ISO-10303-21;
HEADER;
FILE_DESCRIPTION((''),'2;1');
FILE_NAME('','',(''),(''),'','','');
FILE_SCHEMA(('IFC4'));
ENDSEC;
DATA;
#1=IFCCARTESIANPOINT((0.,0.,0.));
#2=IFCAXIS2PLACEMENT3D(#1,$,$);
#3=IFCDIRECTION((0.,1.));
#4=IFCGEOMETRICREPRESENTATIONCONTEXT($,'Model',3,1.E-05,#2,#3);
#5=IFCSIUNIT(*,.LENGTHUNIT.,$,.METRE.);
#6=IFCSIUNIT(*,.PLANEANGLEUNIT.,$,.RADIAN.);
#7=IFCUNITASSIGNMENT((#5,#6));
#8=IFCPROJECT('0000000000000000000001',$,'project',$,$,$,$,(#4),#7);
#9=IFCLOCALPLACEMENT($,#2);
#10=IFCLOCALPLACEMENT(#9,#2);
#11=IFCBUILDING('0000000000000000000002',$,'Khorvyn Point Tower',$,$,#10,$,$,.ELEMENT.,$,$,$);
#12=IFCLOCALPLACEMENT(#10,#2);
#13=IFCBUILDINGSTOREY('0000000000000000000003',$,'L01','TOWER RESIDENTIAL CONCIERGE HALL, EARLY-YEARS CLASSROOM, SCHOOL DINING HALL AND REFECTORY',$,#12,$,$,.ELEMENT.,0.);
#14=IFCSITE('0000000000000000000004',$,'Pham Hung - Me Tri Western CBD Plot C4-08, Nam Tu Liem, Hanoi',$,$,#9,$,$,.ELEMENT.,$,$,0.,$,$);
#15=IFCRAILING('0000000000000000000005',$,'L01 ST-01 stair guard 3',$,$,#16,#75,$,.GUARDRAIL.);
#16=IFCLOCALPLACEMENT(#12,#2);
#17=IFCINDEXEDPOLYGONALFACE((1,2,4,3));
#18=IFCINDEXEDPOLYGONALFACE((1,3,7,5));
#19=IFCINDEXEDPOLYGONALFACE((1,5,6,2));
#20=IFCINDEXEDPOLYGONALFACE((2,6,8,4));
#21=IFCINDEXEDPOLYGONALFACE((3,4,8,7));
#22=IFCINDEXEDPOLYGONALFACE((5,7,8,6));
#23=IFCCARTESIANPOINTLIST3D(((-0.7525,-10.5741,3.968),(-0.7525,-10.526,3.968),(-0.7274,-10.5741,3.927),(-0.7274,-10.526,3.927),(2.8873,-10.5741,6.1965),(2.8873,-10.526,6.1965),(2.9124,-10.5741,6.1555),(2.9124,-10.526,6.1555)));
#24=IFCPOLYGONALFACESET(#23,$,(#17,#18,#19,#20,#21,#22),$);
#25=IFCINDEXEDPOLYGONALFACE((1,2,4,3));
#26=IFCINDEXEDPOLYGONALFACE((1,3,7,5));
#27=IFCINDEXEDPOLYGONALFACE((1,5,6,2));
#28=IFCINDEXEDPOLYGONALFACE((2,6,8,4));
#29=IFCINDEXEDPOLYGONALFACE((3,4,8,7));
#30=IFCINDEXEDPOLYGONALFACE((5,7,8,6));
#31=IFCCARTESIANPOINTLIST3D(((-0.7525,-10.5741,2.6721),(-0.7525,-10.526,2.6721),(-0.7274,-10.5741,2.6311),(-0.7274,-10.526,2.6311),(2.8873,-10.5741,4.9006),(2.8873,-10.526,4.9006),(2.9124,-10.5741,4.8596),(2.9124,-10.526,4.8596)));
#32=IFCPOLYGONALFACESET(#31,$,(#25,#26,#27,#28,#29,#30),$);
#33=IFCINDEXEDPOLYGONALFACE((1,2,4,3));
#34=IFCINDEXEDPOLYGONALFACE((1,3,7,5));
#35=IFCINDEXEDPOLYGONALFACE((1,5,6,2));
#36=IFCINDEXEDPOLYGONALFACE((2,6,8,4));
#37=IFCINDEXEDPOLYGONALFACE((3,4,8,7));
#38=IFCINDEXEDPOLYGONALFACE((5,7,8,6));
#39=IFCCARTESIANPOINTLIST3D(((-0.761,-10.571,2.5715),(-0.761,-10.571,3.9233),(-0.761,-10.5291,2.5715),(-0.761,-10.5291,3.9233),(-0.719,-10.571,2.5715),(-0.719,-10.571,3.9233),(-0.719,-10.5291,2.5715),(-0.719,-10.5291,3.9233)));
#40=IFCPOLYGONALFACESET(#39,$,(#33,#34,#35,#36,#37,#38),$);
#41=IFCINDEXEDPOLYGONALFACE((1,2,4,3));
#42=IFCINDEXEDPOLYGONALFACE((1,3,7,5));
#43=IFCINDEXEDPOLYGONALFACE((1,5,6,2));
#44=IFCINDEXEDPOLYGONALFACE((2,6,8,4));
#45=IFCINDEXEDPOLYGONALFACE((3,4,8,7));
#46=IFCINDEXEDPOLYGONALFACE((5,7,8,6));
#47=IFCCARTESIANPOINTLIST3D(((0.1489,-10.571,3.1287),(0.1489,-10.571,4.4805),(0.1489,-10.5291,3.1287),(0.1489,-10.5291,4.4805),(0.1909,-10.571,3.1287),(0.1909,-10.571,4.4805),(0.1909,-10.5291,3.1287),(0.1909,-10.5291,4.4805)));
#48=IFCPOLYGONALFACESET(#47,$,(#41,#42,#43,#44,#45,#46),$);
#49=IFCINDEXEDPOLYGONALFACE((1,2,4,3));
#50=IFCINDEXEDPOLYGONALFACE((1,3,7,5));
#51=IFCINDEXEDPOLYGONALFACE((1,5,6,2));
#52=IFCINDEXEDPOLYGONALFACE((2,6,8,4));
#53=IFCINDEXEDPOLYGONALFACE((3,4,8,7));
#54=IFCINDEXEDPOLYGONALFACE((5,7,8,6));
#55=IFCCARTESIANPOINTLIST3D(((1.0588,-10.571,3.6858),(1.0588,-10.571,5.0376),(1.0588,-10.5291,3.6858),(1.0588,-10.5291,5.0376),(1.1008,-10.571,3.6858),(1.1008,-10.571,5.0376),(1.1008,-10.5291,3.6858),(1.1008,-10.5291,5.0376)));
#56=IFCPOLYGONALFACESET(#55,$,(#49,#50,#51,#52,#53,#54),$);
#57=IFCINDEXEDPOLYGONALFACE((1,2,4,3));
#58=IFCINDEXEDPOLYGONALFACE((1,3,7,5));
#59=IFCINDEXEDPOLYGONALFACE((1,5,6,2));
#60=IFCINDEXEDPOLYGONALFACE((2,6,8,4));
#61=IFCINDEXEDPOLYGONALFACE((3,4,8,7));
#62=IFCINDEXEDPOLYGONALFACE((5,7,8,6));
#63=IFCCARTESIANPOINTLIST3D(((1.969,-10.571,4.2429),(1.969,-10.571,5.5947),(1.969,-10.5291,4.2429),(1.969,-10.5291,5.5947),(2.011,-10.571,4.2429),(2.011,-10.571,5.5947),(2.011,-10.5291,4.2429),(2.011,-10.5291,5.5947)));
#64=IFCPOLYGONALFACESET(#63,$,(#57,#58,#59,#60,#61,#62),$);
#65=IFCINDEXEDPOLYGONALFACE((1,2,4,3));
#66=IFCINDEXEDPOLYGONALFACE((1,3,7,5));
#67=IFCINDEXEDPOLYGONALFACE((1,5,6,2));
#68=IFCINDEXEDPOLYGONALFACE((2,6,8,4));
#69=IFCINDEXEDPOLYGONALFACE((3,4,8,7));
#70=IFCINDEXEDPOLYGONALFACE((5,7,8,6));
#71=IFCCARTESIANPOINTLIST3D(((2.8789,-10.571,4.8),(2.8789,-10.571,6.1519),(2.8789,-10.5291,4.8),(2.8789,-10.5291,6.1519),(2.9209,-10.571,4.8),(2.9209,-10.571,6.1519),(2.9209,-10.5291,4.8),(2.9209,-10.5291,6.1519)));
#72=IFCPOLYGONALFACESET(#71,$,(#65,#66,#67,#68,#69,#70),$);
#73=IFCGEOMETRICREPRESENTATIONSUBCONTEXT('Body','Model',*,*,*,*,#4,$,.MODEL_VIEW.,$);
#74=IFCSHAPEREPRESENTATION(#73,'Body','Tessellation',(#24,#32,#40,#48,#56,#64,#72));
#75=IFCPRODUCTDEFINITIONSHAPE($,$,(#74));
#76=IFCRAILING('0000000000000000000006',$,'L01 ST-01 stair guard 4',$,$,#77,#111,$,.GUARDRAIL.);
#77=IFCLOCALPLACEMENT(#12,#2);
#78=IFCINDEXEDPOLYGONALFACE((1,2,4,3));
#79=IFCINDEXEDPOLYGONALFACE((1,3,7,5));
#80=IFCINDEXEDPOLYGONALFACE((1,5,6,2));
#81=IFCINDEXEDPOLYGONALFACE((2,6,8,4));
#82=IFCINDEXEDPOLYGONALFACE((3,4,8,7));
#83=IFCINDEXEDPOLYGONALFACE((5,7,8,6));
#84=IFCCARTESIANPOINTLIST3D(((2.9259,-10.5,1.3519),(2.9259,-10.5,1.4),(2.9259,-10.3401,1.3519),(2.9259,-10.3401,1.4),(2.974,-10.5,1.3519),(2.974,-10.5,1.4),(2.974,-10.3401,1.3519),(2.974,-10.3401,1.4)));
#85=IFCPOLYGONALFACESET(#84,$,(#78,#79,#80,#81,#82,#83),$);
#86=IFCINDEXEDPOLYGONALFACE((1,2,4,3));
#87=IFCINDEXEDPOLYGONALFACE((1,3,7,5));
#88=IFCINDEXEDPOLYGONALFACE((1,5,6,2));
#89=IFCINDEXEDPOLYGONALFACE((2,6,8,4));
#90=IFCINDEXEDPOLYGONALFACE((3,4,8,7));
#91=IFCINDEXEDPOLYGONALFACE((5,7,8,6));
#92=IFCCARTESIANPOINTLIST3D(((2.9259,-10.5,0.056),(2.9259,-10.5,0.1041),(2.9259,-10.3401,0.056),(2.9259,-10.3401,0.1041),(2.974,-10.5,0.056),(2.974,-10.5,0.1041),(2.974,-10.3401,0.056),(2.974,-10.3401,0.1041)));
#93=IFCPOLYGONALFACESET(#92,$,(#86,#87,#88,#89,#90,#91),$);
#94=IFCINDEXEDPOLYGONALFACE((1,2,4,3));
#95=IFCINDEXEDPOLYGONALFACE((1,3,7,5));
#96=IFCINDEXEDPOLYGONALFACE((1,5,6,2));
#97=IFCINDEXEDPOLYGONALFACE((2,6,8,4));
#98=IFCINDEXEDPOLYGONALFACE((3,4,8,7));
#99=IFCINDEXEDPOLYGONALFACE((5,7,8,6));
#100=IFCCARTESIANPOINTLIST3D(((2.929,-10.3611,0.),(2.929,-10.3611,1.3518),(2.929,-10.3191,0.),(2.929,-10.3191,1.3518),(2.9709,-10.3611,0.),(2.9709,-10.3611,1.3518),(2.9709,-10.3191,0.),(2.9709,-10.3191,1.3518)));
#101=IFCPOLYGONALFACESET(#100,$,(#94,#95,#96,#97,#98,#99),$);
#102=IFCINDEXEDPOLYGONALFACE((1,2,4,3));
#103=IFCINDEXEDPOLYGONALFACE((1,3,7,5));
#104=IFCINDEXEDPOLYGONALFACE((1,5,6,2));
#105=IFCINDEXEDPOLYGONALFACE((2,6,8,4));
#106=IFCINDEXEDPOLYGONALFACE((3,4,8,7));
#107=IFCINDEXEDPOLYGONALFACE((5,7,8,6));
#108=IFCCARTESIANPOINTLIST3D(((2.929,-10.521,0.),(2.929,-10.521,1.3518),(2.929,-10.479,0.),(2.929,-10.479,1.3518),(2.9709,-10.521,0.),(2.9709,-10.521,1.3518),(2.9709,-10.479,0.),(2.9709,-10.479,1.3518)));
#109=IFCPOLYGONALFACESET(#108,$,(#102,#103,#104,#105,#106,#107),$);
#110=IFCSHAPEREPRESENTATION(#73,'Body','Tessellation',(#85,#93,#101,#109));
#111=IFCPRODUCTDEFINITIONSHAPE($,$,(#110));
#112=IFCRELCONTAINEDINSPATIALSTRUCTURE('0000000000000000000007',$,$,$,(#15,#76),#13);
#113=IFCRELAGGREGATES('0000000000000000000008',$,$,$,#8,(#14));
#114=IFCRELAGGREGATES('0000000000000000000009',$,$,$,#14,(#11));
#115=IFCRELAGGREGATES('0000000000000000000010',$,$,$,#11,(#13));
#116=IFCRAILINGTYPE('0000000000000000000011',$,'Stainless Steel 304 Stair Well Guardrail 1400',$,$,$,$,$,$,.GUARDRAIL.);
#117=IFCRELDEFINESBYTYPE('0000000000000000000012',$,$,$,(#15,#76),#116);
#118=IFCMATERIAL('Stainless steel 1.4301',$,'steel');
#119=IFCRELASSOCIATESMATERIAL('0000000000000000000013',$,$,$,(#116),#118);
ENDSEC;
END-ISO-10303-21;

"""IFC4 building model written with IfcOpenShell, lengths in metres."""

from ifc_helpers import new_model, si_unit, direction, frame, origin, origin_2d, place, context, subcontext, project, spatial, rectangle, extrude, material, type_object, element, save


model = new_model("IFC4")

# Units and contexts
model_context = context("Model", 3, precision=1e-05, world=origin(), true_north=direction((0.0, 1.0)))
body_context = subcontext(model_context, "Body", "Model", "MODEL_VIEW")
ifc_project = project(units=[si_unit("LENGTHUNIT", "METRE"), si_unit("PLANEANGLEUNIT", "RADIAN")], contexts=[model_context])

# Site, building, storey
site_placement = place(None, origin())
site = spatial("IfcSite", under=ifc_project, at=site_placement, Name="Pham Hung - Me Tri Western CBD Plot C4-08, Nam Tu Liem, Hanoi", CompositionType="ELEMENT", RefElevation=0.0)
building_placement = place(site_placement, origin())
building = spatial("IfcBuilding", under=site, at=building_placement, Name="Khorvyn Point Tower", CompositionType="ELEMENT")
storey_placement = place(building_placement, origin())
storey = spatial("IfcBuildingStorey", under=building, at=storey_placement, Name="L01", Description="TOWER RESIDENTIAL CONCIERGE HALL, EARLY-YEARS CLASSROOM, SCHOOL DINING HALL AND REFECTORY", CompositionType="ELEMENT", Elevation=0.0)

# Shared definitions
ifc_material_1 = material(Name="Stainless steel 1.4301", Category="steel")

# Railings
railing_type_1 = type_object("IfcRailingType", Name="Stainless Steel 304 Stair Well Guardrail 1400", PredefinedType="GUARDRAIL", material=ifc_material_1)
railing_1_placement = place(storey_placement, frame((-0.74, -10.55, 2.5715)))
element("IfcRailing", 1, at=railing_1_placement, inside=storey, type_object=railing_type_1, Name="L01 ST-01 stair guard 3", PredefinedType="GUARDRAIL", context=body_context, shape_type="SweptSolid", body=[
    extrude(rectangle(XDim=0.0481, YDim=0.0481, at=origin_2d()), frame((0.0, 0.0, 1.376), z_axis=(0.85285, 0.0, 0.522156), x_axis=(0.0, 1.0, 0.0)), (0.0, 0.0, 1.0), 4.2678),
    extrude(rectangle(XDim=0.0481, YDim=0.0481, at=origin_2d()), frame((0.0, 0.0, 0.0801), z_axis=(0.85285, 0.0, 0.522156), x_axis=(0.0, 1.0, 0.0)), (0.0, 0.0, 1.0), 4.2678),
    extrude(rectangle(XDim=0.042, YDim=0.042, at=origin_2d()), origin(), (0.0, 0.0, 1.0), 1.3518),
    extrude(rectangle(XDim=0.042, YDim=0.042, at=origin_2d()), frame((0.9099, 0.0, 0.5571)), (0.0, 0.0, 1.0), 1.3518),
    extrude(rectangle(XDim=0.042, YDim=0.042, at=origin_2d()), frame((1.8198, 0.0, 1.1143)), (0.0, 0.0, 1.0), 1.3518),
    extrude(rectangle(XDim=0.042, YDim=0.042, at=origin_2d()), frame((2.73, 0.0, 1.6714)), (0.0, 0.0, 1.0), 1.3518),
    extrude(rectangle(XDim=0.042, YDim=0.042, at=origin_2d()), frame((3.6399, 0.0, 2.2285)), (0.0, 0.0, 1.0), 1.3518),
])
railing_2_placement = place(storey_placement, frame((2.95, -10.3401, 0.0)))
element("IfcRailing", 2, at=railing_2_placement, inside=storey, type_object=railing_type_1, Name="L01 ST-01 stair guard 4", PredefinedType="GUARDRAIL", context=body_context, shape_type="SweptSolid", body=[
    extrude(rectangle(XDim=0.0481, YDim=0.0481, at=origin_2d()), frame((0.0, 0.0, 1.376), z_axis=(0.0, -1.0, 0.0), x_axis=(1.0, 0.0, 0.0)), (0.0, 0.0, 1.0), 0.1599),
    extrude(rectangle(XDim=0.0481, YDim=0.0481, at=origin_2d()), frame((0.0, 0.0, 0.0801), z_axis=(0.0, -1.0, 0.0), x_axis=(1.0, 0.0, 0.0)), (0.0, 0.0, 1.0), 0.1599),
    extrude(rectangle(XDim=0.042, YDim=0.042, at=origin_2d()), origin(), (0.0, 0.0, 1.0), 1.3518),
    extrude(rectangle(XDim=0.042, YDim=0.042, at=origin_2d()), frame((0.0, -0.1599, 0.0)), (0.0, 0.0, 1.0), 1.3518),
])

save(model, "model.ifc")
